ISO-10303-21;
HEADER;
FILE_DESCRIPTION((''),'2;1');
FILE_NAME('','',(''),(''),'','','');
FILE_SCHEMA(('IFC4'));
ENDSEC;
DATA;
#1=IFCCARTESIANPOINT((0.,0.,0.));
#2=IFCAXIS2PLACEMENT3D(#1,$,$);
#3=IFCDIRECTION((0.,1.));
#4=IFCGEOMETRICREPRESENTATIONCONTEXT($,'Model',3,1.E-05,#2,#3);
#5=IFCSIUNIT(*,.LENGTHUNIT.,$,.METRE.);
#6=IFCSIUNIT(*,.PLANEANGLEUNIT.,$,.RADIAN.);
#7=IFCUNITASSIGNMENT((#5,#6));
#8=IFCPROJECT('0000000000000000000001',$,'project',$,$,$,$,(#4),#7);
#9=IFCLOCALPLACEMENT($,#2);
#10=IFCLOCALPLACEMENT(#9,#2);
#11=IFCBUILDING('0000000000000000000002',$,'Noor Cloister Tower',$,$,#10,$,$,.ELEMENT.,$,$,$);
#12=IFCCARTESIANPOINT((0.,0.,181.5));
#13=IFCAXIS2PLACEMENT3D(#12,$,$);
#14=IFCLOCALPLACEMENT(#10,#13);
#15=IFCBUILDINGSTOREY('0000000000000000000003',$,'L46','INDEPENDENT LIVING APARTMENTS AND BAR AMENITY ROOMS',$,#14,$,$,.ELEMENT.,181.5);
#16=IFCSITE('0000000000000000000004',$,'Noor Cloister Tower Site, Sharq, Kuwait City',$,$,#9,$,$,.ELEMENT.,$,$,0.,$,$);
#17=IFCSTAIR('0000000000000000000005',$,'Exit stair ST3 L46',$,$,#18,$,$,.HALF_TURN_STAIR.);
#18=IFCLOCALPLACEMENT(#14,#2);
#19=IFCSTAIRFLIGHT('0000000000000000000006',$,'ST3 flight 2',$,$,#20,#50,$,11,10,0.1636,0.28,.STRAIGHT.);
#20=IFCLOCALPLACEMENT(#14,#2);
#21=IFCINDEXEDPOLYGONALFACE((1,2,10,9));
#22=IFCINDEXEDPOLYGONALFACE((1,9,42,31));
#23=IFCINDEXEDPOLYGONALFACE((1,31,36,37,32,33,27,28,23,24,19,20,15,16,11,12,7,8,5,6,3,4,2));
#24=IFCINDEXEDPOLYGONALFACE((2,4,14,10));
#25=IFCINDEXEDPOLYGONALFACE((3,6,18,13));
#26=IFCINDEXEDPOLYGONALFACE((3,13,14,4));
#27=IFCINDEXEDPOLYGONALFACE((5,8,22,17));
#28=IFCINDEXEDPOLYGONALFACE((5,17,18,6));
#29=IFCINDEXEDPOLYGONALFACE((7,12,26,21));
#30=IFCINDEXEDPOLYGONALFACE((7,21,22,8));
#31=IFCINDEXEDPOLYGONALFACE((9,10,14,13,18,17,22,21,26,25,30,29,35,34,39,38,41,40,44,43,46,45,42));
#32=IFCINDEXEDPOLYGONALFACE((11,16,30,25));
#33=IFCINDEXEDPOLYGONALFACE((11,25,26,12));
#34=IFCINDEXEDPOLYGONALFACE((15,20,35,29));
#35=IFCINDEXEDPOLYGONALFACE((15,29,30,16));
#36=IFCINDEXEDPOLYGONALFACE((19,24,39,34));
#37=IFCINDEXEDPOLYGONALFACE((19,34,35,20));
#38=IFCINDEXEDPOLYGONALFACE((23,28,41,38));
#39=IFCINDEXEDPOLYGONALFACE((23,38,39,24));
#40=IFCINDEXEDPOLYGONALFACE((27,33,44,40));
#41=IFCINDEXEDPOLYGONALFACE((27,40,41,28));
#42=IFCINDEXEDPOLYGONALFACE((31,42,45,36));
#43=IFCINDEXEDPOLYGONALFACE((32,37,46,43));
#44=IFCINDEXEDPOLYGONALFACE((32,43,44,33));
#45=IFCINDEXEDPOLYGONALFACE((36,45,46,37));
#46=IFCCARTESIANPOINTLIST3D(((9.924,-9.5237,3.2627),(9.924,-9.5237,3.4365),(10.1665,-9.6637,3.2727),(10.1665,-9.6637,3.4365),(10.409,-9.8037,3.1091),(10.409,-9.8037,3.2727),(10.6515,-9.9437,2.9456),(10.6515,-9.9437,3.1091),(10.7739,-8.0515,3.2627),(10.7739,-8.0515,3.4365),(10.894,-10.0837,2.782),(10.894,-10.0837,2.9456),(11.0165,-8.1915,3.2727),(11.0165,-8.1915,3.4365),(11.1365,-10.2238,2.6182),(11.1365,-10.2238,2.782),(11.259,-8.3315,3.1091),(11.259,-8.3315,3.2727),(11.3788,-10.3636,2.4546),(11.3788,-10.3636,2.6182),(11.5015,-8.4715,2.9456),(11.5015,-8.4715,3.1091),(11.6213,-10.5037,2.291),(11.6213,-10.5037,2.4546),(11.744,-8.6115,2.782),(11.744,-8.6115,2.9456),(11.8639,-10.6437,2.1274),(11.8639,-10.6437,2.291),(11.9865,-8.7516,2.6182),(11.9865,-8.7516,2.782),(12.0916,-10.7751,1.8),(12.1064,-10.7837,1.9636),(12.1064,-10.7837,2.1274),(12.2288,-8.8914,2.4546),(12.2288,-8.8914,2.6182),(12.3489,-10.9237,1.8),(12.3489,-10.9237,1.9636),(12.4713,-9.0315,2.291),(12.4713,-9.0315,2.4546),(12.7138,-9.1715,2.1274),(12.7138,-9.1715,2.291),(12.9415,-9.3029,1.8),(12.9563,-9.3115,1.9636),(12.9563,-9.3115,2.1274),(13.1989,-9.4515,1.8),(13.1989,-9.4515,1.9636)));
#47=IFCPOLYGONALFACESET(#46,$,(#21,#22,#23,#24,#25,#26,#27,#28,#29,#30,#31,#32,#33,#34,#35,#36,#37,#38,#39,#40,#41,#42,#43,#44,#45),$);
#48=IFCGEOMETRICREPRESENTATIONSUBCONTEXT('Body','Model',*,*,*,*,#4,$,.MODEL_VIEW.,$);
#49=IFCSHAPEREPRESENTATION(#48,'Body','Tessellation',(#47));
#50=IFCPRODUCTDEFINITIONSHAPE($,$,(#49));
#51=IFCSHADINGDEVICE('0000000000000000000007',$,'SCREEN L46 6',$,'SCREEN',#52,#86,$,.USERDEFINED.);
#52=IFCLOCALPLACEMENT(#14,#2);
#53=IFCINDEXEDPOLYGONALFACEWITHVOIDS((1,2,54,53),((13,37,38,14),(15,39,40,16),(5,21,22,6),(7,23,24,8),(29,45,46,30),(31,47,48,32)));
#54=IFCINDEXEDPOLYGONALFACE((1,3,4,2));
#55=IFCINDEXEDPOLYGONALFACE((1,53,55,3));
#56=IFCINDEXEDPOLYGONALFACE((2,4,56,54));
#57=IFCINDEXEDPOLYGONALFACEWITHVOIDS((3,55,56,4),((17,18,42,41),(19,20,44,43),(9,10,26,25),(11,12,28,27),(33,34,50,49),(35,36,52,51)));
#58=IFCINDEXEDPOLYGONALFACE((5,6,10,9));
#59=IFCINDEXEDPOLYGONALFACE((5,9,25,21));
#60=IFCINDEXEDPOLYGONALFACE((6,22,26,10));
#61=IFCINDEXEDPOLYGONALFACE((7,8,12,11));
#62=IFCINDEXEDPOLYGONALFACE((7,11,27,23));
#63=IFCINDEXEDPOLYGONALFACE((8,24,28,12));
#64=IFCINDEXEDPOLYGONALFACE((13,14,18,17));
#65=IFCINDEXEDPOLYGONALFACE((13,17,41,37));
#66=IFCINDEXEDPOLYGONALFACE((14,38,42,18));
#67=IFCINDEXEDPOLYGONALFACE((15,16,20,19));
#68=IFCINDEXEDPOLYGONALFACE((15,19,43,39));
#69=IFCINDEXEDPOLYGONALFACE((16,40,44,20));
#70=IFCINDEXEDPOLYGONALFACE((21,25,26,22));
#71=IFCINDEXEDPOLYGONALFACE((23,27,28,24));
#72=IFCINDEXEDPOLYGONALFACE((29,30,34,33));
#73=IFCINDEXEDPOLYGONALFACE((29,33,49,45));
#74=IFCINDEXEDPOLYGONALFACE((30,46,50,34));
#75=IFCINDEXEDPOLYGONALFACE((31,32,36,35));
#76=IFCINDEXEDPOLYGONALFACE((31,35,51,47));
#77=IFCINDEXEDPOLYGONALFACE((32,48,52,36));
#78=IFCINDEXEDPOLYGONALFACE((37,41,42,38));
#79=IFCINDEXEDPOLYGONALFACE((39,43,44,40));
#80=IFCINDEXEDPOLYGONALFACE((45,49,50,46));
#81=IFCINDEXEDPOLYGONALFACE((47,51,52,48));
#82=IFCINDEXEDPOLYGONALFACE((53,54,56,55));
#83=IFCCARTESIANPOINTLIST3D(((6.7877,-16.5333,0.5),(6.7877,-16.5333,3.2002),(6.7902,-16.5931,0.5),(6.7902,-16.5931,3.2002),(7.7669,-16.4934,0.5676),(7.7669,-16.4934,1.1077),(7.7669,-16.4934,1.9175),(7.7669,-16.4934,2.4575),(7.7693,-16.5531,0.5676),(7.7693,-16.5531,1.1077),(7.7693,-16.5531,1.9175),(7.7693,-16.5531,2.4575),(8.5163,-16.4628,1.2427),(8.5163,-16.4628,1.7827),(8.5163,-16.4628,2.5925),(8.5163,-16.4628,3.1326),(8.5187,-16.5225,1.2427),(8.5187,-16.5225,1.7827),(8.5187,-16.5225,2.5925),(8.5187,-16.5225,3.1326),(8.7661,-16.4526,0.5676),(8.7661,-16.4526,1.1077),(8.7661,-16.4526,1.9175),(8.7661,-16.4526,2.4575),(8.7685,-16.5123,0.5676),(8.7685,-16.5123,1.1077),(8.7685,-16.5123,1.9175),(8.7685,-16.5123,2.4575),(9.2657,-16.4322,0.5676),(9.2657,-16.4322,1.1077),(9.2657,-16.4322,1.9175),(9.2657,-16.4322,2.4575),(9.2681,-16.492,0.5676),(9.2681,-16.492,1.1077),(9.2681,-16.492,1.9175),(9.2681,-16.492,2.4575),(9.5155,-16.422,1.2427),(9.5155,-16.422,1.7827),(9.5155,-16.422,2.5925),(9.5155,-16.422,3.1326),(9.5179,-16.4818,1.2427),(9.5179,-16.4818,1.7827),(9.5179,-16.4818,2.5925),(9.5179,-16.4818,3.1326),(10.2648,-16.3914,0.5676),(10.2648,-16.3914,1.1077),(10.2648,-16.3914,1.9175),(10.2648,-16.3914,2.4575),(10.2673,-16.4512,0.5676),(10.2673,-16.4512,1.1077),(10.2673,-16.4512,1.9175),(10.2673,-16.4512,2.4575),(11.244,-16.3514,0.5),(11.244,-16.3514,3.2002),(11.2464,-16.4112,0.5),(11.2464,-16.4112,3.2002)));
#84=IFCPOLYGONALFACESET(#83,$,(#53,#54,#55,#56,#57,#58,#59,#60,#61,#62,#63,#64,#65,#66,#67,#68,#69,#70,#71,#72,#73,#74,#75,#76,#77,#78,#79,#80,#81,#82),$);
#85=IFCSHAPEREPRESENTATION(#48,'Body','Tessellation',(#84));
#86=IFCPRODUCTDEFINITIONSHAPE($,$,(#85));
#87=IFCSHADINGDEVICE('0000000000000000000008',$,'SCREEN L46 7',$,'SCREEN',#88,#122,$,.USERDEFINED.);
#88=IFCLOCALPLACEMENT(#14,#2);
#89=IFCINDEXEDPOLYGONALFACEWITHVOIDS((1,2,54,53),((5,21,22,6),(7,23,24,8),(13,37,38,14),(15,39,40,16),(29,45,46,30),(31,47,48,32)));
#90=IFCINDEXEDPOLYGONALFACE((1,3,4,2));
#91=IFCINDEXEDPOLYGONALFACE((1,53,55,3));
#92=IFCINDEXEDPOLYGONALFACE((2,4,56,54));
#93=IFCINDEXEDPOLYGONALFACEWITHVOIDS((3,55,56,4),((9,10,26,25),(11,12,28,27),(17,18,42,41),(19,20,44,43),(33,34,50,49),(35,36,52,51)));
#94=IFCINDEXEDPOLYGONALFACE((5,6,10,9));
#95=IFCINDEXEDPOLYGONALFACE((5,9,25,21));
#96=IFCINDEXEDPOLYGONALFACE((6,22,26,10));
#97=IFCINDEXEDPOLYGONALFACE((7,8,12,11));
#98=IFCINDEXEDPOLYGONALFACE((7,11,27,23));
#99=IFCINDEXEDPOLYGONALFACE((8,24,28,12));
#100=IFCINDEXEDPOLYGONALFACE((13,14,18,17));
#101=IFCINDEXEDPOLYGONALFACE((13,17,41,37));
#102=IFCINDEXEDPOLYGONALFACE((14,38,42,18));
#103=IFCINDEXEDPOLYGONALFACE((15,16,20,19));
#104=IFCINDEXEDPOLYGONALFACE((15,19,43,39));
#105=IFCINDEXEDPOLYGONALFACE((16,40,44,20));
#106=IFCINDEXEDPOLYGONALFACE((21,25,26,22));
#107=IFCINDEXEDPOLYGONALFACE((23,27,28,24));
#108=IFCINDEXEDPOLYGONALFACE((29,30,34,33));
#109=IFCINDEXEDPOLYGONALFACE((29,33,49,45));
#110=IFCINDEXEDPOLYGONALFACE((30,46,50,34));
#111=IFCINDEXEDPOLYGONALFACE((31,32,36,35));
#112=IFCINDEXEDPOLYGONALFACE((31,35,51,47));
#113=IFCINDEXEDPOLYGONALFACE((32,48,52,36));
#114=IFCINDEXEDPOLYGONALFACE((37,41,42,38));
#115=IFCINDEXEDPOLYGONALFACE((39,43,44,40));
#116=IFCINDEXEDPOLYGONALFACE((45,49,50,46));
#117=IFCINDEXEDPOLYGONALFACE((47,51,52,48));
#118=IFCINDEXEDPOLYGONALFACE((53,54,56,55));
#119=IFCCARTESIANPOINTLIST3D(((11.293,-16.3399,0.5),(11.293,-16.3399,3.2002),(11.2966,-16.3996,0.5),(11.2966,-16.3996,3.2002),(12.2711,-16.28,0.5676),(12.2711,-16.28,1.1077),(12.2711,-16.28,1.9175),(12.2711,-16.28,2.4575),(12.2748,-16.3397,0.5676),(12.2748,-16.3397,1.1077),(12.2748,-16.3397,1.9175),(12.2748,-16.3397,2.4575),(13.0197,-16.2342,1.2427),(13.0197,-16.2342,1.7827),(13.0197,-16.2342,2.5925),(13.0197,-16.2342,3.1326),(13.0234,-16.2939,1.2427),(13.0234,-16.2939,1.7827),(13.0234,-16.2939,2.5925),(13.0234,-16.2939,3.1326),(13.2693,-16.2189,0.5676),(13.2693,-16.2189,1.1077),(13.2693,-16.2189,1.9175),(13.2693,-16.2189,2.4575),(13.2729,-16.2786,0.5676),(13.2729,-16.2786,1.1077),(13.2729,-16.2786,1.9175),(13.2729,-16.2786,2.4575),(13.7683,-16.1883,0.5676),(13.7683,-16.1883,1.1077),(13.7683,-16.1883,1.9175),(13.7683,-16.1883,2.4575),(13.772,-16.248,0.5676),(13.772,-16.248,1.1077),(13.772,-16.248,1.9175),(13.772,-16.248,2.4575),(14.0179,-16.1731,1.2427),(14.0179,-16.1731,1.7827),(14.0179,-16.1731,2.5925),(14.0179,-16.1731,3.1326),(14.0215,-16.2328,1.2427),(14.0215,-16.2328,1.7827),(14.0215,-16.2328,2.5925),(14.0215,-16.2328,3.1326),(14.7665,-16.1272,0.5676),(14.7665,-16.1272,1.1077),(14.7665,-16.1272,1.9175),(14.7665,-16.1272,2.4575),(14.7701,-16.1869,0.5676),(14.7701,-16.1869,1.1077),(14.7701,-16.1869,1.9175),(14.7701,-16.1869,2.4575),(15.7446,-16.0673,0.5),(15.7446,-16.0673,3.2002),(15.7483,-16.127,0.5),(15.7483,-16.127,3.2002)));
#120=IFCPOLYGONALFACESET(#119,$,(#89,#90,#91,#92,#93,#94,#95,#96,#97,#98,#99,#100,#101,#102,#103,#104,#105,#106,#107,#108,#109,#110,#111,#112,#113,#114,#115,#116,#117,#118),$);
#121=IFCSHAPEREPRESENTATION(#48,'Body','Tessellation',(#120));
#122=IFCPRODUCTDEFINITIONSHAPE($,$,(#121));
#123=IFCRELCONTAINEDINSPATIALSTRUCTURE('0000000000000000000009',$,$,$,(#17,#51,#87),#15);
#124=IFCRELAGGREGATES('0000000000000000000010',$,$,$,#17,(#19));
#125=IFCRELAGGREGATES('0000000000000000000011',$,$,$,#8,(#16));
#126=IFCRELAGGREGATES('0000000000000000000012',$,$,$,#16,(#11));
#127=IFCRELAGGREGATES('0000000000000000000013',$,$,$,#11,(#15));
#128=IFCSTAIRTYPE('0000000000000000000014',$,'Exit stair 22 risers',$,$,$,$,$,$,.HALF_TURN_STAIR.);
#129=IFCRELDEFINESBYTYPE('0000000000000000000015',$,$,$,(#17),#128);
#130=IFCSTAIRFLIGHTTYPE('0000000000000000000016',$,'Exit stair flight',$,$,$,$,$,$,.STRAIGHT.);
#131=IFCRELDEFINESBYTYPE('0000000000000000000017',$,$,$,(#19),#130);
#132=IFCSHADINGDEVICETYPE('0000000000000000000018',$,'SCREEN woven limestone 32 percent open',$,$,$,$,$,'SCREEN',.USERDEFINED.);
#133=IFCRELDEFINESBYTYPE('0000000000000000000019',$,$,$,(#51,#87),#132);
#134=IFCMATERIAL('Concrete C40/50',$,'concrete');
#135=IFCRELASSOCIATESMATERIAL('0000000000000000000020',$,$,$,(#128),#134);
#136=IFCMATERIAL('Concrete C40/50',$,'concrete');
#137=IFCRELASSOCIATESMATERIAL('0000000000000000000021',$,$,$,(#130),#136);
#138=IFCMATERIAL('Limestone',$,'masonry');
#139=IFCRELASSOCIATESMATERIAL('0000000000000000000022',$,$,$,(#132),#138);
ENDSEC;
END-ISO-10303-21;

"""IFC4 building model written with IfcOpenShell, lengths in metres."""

from ifc_helpers import new_model, si_unit, direction, frame, origin, place, context, subcontext, project, spatial, polyline, outline, extrude, material, material_profile, profile_set, type_object, element, aggregate, save


model = new_model("IFC4")

# Units and contexts
model_context = context("Model", 3, precision=1e-05, world=origin(), true_north=direction((0.0, 1.0)))
body_context = subcontext(model_context, "Body", "Model", "MODEL_VIEW")
ifc_project = project(units=[si_unit("LENGTHUNIT", "METRE"), si_unit("PLANEANGLEUNIT", "RADIAN")], contexts=[model_context])

# Site, building, storey
site_placement = place(None, origin())
site = spatial("IfcSite", under=ifc_project, at=site_placement, Name="Noor Cloister Tower Site, Sharq, Kuwait City", CompositionType="ELEMENT", RefElevation=0.0)
building_placement = place(site_placement, origin())
building = spatial("IfcBuilding", under=site, at=building_placement, Name="Noor Cloister Tower", CompositionType="ELEMENT")
storey_placement = place(building_placement, frame((0.0, 0.0, 181.5)))
storey = spatial("IfcBuildingStorey", under=building, at=storey_placement, Name="L46", Description="INDEPENDENT LIVING APARTMENTS AND BAR AMENITY ROOMS", CompositionType="ELEMENT", Elevation=181.5)

# Stair, stair flight
ifc_material_1 = material(Name="Concrete C40/50", Category="concrete")
stair_type = type_object("IfcStairType", Name="Exit stair 22 risers", PredefinedType="HALF_TURN_STAIR", material=ifc_material_1)
stair_placement = place(storey_placement, origin())
stair = element("IfcStair", 1, at=stair_placement, inside=storey, type_object=stair_type, Name="Exit stair ST3 L46", PredefinedType="HALF_TURN_STAIR")
ifc_material_2 = material(Name="Concrete C40/50", Category="concrete")
stair_flight_type = type_object("IfcStairFlightType", Name="Exit stair flight", PredefinedType="STRAIGHT", material=ifc_material_2)
stair_flight_1_placement = place(storey_placement, frame((12.7739, -10.1875, 1.8), z_axis=(0.0, 0.0, 1.0), x_axis=(-0.866025, 0.5, 0.0)))
stair_flight_1 = element("IfcStairFlight", 2, at=stair_flight_1_placement, type_object=stair_flight_type, Name="ST3 flight 2", NumberOfRisers=11, NumberOfTreads=10, PredefinedType="STRAIGHT", RiserHeight=0.1636, TreadLength=0.28, context=body_context, shape_type="SweptSolid", body=[
    extrude(outline(polyline([(0.0, 0.0), (0.0, 0.1636), (0.28, 0.1636), (0.28, 0.3274), (0.5601, 0.3274), (0.5601, 0.491), (0.8401, 0.491), (0.8401, 0.6545), (1.1201, 0.6545), (1.1201, 0.8181), (1.3999, 0.8181), (1.3999, 0.9819), (1.6799, 0.9819), (1.6799, 1.1455), (1.96, 1.1455), (1.96, 1.3091), (2.24, 1.3091), (2.24, 1.4727), (2.52, 1.4727), (2.52, 1.6365), (2.8, 1.6365), (2.8, 1.8), (2.8, 1.4626), (0.2971, 0.0), (0.0, 0.0)])), frame((0.0, 0.8501, 0.0), z_axis=(0.0, -1.0, 0.0), x_axis=(1.0, 0.0, 0.0)), (0.0, 0.0, 1.0), 1.7),
])
aggregate(stair, [stair_flight_1])

# Shading devices
ifc_material_3 = material(Name="Limestone", Category="masonry")
ifc_material_profile_1 = material_profile(ifc_material_3, outline(polyline([(-2.23, -1.3501), (2.23, -1.3501), (2.23, 1.3501), (-2.23, 1.3501), (-2.23, -1.3501)]), holes=[polyline([(-1.25, -1.2825), (-0.25, -1.2825), (-0.25, -0.7424), (-1.25, -0.7424), (-1.25, -1.2825)]), polyline([(0.25, -1.2825), (1.25, -1.2825), (1.25, -0.7424), (0.25, -0.7424), (0.25, -1.2825)]), polyline([(-0.5, -0.6074), (0.5, -0.6074), (0.5, -0.0674), (-0.5, -0.0674), (-0.5, -0.6074)]), polyline([(-1.25, 0.0674), (-0.25, 0.0674), (-0.25, 0.6074), (-1.25, 0.6074), (-1.25, 0.0674)]), polyline([(0.25, 0.0674), (1.25, 0.0674), (1.25, 0.6074), (0.25, 0.6074), (0.25, 0.0674)]), polyline([(-0.5, 0.7424), (0.5, 0.7424), (0.5, 1.2825), (-0.5, 1.2825), (-0.5, 0.7424)])]), Name="Woven screen 32 percent open")
ifc_profile_set_1 = profile_set([ifc_material_profile_1], Name="Limestone")
shading_device_type = type_object("IfcShadingDeviceType", Name="SCREEN woven limestone 32 percent open", ElementType="SCREEN", PredefinedType="USERDEFINED", material=ifc_profile_set_1)
for number, where, z_axis, x_axis, name in (
    (3, (9.0159, -16.4424, 1.8501), (0.040782, -0.999168, 0.0), (0.999168, 0.040782, 0.0), "SCREEN L46 6"),
    (4, (13.5188, -16.2036, 1.8501), (0.06111, -0.998131, 0.0), (0.998131, 0.06111, 0.0), "SCREEN L46 7"),
):
    element("IfcShadingDevice", number, at=place(storey_placement, frame(where, z_axis=z_axis, x_axis=x_axis)), inside=storey, type_object=shading_device_type, Name=name, ObjectType="SCREEN", PredefinedType="USERDEFINED", context=body_context, shape_type="SweptSolid", body=[
        extrude(outline(polyline([(-2.23, -1.3501), (2.23, -1.3501), (2.23, 1.3501), (-2.23, 1.3501), (-2.23, -1.3501)]), holes=[polyline([(-1.25, -1.2825), (-0.25, -1.2825), (-0.25, -0.7424), (-1.25, -0.7424), (-1.25, -1.2825)]), polyline([(0.25, -1.2825), (1.25, -1.2825), (1.25, -0.7424), (0.25, -0.7424), (0.25, -1.2825)]), polyline([(-0.5, -0.6074), (0.5, -0.6074), (0.5, -0.0674), (-0.5, -0.0674), (-0.5, -0.6074)]), polyline([(-1.25, 0.0674), (-0.25, 0.0674), (-0.25, 0.6074), (-1.25, 0.6074), (-1.25, 0.0674)]), polyline([(0.25, 0.0674), (1.25, 0.0674), (1.25, 0.6074), (0.25, 0.6074), (0.25, 0.0674)]), polyline([(-0.5, 0.7424), (0.5, 0.7424), (0.5, 1.2825), (-0.5, 1.2825), (-0.5, 0.7424)])]), origin(), (0.0, 0.0, 1.0), 0.0598),
    ])

save(model, "model.ifc")
